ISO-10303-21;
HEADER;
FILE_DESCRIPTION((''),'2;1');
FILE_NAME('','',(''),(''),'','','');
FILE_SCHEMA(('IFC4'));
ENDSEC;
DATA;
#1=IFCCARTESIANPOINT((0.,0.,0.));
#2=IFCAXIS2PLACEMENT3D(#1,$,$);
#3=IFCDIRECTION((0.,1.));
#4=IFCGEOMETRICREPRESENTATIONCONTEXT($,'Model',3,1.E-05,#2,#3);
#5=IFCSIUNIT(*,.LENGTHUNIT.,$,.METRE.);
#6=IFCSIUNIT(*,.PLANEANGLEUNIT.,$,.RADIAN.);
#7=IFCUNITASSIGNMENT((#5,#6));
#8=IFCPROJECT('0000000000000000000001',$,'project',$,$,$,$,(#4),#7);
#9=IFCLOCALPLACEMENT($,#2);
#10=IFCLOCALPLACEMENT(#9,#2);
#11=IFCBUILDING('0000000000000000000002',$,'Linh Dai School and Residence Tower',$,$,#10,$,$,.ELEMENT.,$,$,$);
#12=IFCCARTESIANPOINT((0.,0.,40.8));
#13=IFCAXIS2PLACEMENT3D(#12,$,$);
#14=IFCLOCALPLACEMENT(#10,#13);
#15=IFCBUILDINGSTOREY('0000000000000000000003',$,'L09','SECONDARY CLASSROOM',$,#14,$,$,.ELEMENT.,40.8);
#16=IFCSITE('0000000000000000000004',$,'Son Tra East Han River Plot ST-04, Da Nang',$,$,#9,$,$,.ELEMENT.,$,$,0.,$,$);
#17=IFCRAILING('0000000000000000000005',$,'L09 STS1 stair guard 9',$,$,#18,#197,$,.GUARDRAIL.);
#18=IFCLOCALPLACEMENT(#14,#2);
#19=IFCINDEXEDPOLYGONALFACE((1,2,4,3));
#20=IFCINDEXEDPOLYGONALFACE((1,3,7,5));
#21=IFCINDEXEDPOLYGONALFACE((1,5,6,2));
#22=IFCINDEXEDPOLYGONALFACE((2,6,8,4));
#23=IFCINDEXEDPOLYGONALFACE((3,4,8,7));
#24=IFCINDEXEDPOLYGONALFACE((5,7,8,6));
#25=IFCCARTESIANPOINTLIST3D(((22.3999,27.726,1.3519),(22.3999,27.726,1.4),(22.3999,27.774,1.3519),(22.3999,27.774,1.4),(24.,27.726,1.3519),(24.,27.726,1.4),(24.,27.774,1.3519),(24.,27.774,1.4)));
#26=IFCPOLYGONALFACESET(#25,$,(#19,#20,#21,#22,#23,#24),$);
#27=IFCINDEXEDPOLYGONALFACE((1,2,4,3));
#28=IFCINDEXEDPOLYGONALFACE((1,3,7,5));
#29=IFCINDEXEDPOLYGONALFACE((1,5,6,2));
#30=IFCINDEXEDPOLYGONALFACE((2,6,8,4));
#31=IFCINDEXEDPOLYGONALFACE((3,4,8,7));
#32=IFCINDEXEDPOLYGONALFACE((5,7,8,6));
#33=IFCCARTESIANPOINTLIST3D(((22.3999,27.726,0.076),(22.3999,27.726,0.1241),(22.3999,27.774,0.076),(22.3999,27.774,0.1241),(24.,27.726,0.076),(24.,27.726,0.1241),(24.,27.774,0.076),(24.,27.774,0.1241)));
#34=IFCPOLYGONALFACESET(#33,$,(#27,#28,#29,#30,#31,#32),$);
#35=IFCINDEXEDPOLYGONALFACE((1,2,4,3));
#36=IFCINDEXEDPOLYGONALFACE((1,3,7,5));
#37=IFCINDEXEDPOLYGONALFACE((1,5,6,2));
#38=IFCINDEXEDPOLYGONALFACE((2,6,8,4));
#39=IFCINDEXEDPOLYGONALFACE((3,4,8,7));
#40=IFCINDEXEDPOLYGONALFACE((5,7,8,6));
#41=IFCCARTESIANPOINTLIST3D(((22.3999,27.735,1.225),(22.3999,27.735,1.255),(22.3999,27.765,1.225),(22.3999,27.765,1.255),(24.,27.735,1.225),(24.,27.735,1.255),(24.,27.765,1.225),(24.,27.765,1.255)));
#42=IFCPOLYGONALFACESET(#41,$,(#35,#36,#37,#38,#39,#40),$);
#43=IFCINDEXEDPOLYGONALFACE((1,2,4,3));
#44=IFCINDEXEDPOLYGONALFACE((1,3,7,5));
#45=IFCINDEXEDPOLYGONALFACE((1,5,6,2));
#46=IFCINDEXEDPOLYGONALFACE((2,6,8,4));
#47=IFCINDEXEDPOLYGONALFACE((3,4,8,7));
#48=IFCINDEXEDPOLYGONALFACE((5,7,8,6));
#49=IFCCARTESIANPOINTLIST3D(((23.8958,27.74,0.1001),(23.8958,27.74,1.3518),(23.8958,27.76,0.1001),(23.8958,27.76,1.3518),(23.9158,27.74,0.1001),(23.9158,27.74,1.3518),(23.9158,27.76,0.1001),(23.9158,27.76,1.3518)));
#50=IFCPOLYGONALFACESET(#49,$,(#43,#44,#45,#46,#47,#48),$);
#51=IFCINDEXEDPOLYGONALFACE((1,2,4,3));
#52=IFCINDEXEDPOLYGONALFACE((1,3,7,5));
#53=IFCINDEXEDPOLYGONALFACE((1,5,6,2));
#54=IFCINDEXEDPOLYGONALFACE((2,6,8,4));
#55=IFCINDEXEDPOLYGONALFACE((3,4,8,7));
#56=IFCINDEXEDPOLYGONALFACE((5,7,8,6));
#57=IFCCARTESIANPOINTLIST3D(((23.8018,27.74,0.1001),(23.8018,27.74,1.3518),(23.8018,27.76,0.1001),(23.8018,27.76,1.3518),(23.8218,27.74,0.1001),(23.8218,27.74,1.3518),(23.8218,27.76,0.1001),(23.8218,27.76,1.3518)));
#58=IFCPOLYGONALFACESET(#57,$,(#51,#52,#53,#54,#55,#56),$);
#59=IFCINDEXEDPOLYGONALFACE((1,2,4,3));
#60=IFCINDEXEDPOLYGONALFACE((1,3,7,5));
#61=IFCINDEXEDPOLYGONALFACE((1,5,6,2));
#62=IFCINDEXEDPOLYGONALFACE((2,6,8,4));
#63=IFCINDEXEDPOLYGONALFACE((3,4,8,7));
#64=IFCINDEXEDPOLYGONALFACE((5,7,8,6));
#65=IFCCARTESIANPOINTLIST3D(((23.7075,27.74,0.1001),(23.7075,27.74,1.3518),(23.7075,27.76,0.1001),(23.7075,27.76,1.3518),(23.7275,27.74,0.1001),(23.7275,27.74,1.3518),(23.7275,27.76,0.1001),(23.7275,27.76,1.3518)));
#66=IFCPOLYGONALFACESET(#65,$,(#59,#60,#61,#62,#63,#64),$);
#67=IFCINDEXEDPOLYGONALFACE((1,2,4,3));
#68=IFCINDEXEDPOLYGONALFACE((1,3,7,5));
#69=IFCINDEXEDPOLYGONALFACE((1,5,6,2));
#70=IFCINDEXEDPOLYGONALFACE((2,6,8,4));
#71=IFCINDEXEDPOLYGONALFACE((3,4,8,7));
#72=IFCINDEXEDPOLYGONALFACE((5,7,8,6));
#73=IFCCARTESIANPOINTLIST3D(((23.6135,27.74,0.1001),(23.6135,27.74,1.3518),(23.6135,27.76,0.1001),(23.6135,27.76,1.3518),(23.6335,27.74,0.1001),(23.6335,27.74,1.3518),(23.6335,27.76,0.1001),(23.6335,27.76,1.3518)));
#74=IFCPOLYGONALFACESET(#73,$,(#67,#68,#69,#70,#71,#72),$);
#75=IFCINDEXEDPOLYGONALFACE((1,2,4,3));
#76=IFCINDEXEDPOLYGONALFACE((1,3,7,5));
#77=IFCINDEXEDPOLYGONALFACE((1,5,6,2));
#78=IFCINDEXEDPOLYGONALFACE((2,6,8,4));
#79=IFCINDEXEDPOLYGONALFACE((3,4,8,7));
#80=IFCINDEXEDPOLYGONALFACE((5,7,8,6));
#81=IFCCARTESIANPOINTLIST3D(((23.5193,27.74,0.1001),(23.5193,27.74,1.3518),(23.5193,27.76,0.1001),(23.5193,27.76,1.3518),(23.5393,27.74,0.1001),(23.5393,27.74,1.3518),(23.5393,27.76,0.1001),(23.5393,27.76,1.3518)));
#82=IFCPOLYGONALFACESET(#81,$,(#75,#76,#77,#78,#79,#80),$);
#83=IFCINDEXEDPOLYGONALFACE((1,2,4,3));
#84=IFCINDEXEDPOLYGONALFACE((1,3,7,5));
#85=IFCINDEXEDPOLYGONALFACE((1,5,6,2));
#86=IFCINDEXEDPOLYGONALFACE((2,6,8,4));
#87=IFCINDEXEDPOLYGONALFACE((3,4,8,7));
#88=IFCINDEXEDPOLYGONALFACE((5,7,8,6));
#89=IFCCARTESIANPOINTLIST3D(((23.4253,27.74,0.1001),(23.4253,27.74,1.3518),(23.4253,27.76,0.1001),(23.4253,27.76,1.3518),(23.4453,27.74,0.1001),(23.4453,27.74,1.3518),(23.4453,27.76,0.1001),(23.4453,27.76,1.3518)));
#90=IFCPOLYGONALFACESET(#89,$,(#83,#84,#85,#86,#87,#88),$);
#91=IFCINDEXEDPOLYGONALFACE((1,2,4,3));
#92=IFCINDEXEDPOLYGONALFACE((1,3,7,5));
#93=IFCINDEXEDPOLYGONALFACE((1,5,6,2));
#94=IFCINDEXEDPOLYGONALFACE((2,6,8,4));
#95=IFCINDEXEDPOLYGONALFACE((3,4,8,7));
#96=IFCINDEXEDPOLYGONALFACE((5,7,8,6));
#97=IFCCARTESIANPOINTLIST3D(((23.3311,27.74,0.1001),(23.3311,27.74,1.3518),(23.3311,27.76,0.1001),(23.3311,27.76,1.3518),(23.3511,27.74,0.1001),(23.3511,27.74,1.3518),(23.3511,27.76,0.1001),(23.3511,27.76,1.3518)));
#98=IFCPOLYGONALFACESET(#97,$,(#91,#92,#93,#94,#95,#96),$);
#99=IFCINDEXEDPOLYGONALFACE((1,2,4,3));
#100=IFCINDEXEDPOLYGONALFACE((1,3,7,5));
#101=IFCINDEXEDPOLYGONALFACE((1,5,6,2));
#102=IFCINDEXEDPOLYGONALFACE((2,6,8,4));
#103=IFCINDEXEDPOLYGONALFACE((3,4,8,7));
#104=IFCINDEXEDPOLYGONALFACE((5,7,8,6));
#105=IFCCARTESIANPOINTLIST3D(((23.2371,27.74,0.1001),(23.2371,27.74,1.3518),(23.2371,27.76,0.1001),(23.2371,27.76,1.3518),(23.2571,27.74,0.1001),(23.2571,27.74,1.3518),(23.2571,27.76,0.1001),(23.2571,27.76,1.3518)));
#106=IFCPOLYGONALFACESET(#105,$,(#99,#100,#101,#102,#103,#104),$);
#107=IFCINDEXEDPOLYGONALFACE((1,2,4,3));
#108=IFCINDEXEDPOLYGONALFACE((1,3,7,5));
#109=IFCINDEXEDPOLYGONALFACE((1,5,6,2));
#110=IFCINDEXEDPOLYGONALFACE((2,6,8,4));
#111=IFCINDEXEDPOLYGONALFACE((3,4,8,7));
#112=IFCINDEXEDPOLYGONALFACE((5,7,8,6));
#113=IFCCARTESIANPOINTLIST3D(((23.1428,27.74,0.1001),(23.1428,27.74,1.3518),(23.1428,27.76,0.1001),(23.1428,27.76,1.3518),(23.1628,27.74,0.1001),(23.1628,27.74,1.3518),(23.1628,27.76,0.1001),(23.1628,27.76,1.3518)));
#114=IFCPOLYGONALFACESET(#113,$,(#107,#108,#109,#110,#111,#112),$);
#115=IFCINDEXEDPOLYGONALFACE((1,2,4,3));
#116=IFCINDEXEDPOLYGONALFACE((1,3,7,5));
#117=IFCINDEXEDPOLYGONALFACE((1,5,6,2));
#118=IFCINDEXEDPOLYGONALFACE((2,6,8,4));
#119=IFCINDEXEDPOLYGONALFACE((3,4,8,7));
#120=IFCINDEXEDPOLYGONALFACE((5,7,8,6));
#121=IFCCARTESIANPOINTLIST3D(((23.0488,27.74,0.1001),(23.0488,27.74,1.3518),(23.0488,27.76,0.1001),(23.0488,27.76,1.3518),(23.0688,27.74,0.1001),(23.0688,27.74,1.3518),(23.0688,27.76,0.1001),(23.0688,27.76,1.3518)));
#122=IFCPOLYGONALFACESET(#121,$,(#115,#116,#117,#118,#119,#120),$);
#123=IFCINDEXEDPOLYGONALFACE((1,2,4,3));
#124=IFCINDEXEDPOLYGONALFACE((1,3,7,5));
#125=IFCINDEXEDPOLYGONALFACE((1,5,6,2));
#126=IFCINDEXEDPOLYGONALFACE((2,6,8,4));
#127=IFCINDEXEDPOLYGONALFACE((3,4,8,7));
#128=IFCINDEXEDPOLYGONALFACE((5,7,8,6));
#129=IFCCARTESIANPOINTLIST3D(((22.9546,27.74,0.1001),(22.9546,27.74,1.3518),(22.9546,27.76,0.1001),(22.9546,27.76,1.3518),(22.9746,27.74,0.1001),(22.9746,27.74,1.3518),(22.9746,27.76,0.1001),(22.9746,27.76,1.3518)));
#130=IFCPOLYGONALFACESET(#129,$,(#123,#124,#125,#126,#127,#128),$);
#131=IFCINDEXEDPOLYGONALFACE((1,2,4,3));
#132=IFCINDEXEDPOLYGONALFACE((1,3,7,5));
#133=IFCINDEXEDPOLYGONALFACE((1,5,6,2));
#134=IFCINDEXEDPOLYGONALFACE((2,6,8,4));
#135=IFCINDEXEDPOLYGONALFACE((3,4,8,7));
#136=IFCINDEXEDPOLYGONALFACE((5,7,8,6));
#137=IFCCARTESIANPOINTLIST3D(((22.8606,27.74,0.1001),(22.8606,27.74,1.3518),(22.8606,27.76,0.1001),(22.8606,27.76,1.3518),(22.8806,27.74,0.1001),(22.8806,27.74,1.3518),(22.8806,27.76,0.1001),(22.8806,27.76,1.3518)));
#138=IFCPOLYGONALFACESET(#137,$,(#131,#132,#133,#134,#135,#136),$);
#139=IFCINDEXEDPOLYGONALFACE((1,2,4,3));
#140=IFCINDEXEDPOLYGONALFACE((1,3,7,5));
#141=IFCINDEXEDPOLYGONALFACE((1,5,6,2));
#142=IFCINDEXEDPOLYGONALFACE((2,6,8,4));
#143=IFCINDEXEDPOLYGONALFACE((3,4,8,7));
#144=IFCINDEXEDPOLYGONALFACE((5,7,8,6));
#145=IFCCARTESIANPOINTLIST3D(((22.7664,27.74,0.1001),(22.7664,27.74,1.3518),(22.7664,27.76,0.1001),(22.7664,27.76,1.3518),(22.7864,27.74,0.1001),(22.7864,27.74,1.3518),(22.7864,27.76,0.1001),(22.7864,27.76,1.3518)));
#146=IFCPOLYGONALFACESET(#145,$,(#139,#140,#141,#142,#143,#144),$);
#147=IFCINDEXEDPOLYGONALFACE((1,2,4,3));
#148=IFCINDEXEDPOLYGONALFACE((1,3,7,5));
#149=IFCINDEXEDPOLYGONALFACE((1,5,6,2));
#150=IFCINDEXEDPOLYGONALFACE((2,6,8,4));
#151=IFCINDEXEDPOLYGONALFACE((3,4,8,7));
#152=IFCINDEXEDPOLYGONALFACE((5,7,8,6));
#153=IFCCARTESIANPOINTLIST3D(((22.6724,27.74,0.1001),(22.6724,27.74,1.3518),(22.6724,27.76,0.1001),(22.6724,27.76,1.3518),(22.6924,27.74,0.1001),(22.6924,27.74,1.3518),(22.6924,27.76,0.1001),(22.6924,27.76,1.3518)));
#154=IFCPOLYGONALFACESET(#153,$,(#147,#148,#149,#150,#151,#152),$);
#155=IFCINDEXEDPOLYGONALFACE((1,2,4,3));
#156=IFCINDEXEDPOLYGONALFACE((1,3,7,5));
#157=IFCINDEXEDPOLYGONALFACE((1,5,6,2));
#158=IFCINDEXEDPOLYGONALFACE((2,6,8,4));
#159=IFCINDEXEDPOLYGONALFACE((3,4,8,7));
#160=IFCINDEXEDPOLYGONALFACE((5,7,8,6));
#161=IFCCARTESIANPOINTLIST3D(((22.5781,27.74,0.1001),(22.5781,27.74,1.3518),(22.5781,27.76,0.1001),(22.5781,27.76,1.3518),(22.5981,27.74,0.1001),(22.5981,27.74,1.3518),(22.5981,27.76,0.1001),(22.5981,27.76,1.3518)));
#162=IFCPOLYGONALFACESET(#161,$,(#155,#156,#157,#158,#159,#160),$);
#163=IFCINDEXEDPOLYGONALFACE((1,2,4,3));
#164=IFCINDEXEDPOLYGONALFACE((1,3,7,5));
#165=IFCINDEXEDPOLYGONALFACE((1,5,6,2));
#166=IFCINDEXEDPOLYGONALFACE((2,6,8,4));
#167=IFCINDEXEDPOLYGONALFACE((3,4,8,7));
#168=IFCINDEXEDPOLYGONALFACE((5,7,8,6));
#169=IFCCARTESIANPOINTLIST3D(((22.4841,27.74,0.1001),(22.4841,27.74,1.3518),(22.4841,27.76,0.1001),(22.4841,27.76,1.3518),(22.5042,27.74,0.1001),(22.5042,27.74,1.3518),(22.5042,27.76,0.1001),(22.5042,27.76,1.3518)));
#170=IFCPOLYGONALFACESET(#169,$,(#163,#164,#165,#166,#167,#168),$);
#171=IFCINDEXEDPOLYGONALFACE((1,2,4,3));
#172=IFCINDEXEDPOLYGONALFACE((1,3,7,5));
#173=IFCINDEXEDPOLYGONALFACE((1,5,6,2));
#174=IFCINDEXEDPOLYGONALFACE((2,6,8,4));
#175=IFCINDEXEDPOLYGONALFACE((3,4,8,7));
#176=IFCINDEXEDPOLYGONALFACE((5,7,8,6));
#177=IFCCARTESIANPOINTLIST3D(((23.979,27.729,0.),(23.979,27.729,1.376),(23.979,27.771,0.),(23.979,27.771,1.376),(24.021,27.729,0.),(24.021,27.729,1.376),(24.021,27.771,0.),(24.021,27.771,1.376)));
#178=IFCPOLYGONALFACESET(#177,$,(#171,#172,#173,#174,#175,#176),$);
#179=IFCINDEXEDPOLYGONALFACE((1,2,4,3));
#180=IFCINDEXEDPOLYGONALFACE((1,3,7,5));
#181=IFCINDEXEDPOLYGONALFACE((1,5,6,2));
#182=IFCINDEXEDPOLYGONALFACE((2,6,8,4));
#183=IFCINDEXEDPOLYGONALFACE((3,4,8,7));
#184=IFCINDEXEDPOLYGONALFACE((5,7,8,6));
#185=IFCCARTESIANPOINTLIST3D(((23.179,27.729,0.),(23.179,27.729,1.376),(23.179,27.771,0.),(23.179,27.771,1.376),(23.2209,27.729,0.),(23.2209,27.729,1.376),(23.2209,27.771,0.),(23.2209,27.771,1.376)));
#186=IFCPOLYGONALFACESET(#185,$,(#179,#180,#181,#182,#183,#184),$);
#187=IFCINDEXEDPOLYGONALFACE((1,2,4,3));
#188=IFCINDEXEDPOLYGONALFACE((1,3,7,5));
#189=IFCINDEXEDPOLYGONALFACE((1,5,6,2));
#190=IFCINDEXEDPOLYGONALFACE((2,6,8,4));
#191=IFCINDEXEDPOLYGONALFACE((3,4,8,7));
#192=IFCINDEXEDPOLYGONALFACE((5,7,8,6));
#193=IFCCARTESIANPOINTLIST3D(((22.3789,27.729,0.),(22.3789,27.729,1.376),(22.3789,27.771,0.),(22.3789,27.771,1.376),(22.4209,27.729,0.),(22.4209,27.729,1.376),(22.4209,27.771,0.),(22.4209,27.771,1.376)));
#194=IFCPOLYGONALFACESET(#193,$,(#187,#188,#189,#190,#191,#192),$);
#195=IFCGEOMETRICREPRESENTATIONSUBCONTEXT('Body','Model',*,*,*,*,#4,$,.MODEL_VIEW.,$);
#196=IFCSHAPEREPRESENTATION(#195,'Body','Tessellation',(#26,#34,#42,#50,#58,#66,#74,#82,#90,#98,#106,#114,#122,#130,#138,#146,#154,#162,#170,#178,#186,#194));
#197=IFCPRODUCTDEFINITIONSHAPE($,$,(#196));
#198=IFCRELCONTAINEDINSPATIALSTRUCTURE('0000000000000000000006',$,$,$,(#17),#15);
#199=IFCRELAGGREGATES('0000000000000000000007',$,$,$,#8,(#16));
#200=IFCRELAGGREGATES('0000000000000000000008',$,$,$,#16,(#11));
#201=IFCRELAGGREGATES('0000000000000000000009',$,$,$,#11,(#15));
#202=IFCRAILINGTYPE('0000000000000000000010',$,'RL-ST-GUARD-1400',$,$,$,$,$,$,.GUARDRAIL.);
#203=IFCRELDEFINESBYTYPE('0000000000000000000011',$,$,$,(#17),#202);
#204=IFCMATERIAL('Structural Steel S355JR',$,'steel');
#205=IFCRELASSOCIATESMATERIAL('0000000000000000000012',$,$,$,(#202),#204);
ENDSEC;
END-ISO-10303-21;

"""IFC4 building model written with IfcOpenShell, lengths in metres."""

from ifc_helpers import new_model, si_unit, direction, frame, origin, origin_2d, place, context, subcontext, project, spatial, rectangle, extrude, source, transform, mapped, material, type_object, element, save


model = new_model("IFC4")

# Units and contexts
model_context = context("Model", 3, precision=1e-05, world=origin(), true_north=direction((0.0, 1.0)))
body_context = subcontext(model_context, "Body", "Model", "MODEL_VIEW")
ifc_project = project(units=[si_unit("LENGTHUNIT", "METRE"), si_unit("PLANEANGLEUNIT", "RADIAN")], contexts=[model_context])

# Site, building, storey
site_placement = place(None, origin())
site = spatial("IfcSite", under=ifc_project, at=site_placement, Name="Son Tra East Han River Plot ST-04, Da Nang", CompositionType="ELEMENT", RefElevation=0.0)
building_placement = place(site_placement, origin())
building = spatial("IfcBuilding", under=site, at=building_placement, Name="Linh Dai School and Residence Tower", CompositionType="ELEMENT")
storey_placement = place(building_placement, frame((0.0, 0.0, 40.8)))
storey = spatial("IfcBuildingStorey", under=building, at=storey_placement, Name="L09", Description="SECONDARY CLASSROOM", CompositionType="ELEMENT", Elevation=40.8)

# Shared definitions
ifc_material_1 = material(Name="Structural Steel S355JR", Category="steel")

# Railing
railing_type_1 = type_object("IfcRailingType", Name="RL-ST-GUARD-1400", PredefinedType="GUARDRAIL", material=ifc_material_1)
shared_shape_1 = source(origin(), body_context, "Body", "SweptSolid", [
    extrude(rectangle(XDim=0.0481, YDim=0.0481, at=origin_2d()), frame((0.0, 0.0, 1.376), z_axis=(-1.0, 0.0, 0.0), x_axis=(0.0, -1.0, 0.0)), (0.0, 0.0, 1.0), 1.6001),
    extrude(rectangle(XDim=0.0481, YDim=0.0481, at=origin_2d()), frame((0.0, 0.0, 0.1001), z_axis=(-1.0, 0.0, 0.0), x_axis=(0.0, -1.0, 0.0)), (0.0, 0.0, 1.0), 1.6001),
    extrude(rectangle(XDim=0.03, YDim=0.03, at=origin_2d()), frame((0.0, 0.0, 1.24), z_axis=(-1.0, 0.0, 0.0), x_axis=(0.0, -1.0, 0.0)), (0.0, 0.0, 1.0), 1.6001),
    extrude(rectangle(XDim=0.02, YDim=0.02, at=origin_2d()), frame((-0.0942, 0.0, 0.1001)), (0.0, 0.0, 1.0), 1.2517),
    extrude(rectangle(XDim=0.02, YDim=0.02, at=origin_2d()), frame((-0.1882, 0.0, 0.1001)), (0.0, 0.0, 1.0), 1.2517),
    extrude(rectangle(XDim=0.02, YDim=0.02, at=origin_2d()), frame((-0.2825, 0.0, 0.1001)), (0.0, 0.0, 1.0), 1.2517),
    extrude(rectangle(XDim=0.02, YDim=0.02, at=origin_2d()), frame((-0.3765, 0.0, 0.1001)), (0.0, 0.0, 1.0), 1.2517),
    extrude(rectangle(XDim=0.02, YDim=0.02, at=origin_2d()), frame((-0.4707, 0.0, 0.1001)), (0.0, 0.0, 1.0), 1.2517),
    extrude(rectangle(XDim=0.02, YDim=0.02, at=origin_2d()), frame((-0.5647, 0.0, 0.1001)), (0.0, 0.0, 1.0), 1.2517),
    extrude(rectangle(XDim=0.02, YDim=0.02, at=origin_2d()), frame((-0.6589, 0.0, 0.1001)), (0.0, 0.0, 1.0), 1.2517),
    extrude(rectangle(XDim=0.02, YDim=0.02, at=origin_2d()), frame((-0.7529, 0.0, 0.1001)), (0.0, 0.0, 1.0), 1.2517),
    extrude(rectangle(XDim=0.02, YDim=0.02, at=origin_2d()), frame((-0.8472, 0.0, 0.1001)), (0.0, 0.0, 1.0), 1.2517),
    extrude(rectangle(XDim=0.02, YDim=0.02, at=origin_2d()), frame((-0.9412, 0.0, 0.1001)), (0.0, 0.0, 1.0), 1.2517),
    extrude(rectangle(XDim=0.02, YDim=0.02, at=origin_2d()), frame((-1.0354, 0.0, 0.1001)), (0.0, 0.0, 1.0), 1.2517),
    extrude(rectangle(XDim=0.02, YDim=0.02, at=origin_2d()), frame((-1.1294, 0.0, 0.1001)), (0.0, 0.0, 1.0), 1.2517),
    extrude(rectangle(XDim=0.02, YDim=0.02, at=origin_2d()), frame((-1.2236, 0.0, 0.1001)), (0.0, 0.0, 1.0), 1.2517),
    extrude(rectangle(XDim=0.02, YDim=0.02, at=origin_2d()), frame((-1.3176, 0.0, 0.1001)), (0.0, 0.0, 1.0), 1.2517),
    extrude(rectangle(XDim=0.02, YDim=0.02, at=origin_2d()), frame((-1.4119, 0.0, 0.1001)), (0.0, 0.0, 1.0), 1.2517),
    extrude(rectangle(XDim=0.02, YDim=0.02, at=origin_2d()), frame((-1.5059, 0.0, 0.1001)), (0.0, 0.0, 1.0), 1.2517),
    extrude(rectangle(XDim=0.042, YDim=0.042, at=origin_2d()), origin(), (0.0, 0.0, 1.0), 1.376),
    extrude(rectangle(XDim=0.042, YDim=0.042, at=origin_2d()), frame((-0.8, 0.0, 0.0)), (0.0, 0.0, 1.0), 1.376),
    extrude(rectangle(XDim=0.042, YDim=0.042, at=origin_2d()), frame((-1.6001, 0.0, 0.0)), (0.0, 0.0, 1.0), 1.376),
])
for number, where, name in (
    (1, (24.0, 27.75, 0.0), "L09 STS1 stair guard 9"),
):
    element("IfcRailing", number, at=place(storey_placement, frame(where)), inside=storey, type_object=railing_type_1, Name=name, PredefinedType="GUARDRAIL", context=body_context, shape_type="MappedRepresentation", body=[
        mapped(shared_shape_1, transform((0.0, 0.0, 0.0), x_axis=(1.0, 0.0, 0.0), y_axis=(0.0, 1.0, 0.0), z_axis=(0.0, 0.0, 1.0), scale=1.0)),
    ])

save(model, "model.ifc")
